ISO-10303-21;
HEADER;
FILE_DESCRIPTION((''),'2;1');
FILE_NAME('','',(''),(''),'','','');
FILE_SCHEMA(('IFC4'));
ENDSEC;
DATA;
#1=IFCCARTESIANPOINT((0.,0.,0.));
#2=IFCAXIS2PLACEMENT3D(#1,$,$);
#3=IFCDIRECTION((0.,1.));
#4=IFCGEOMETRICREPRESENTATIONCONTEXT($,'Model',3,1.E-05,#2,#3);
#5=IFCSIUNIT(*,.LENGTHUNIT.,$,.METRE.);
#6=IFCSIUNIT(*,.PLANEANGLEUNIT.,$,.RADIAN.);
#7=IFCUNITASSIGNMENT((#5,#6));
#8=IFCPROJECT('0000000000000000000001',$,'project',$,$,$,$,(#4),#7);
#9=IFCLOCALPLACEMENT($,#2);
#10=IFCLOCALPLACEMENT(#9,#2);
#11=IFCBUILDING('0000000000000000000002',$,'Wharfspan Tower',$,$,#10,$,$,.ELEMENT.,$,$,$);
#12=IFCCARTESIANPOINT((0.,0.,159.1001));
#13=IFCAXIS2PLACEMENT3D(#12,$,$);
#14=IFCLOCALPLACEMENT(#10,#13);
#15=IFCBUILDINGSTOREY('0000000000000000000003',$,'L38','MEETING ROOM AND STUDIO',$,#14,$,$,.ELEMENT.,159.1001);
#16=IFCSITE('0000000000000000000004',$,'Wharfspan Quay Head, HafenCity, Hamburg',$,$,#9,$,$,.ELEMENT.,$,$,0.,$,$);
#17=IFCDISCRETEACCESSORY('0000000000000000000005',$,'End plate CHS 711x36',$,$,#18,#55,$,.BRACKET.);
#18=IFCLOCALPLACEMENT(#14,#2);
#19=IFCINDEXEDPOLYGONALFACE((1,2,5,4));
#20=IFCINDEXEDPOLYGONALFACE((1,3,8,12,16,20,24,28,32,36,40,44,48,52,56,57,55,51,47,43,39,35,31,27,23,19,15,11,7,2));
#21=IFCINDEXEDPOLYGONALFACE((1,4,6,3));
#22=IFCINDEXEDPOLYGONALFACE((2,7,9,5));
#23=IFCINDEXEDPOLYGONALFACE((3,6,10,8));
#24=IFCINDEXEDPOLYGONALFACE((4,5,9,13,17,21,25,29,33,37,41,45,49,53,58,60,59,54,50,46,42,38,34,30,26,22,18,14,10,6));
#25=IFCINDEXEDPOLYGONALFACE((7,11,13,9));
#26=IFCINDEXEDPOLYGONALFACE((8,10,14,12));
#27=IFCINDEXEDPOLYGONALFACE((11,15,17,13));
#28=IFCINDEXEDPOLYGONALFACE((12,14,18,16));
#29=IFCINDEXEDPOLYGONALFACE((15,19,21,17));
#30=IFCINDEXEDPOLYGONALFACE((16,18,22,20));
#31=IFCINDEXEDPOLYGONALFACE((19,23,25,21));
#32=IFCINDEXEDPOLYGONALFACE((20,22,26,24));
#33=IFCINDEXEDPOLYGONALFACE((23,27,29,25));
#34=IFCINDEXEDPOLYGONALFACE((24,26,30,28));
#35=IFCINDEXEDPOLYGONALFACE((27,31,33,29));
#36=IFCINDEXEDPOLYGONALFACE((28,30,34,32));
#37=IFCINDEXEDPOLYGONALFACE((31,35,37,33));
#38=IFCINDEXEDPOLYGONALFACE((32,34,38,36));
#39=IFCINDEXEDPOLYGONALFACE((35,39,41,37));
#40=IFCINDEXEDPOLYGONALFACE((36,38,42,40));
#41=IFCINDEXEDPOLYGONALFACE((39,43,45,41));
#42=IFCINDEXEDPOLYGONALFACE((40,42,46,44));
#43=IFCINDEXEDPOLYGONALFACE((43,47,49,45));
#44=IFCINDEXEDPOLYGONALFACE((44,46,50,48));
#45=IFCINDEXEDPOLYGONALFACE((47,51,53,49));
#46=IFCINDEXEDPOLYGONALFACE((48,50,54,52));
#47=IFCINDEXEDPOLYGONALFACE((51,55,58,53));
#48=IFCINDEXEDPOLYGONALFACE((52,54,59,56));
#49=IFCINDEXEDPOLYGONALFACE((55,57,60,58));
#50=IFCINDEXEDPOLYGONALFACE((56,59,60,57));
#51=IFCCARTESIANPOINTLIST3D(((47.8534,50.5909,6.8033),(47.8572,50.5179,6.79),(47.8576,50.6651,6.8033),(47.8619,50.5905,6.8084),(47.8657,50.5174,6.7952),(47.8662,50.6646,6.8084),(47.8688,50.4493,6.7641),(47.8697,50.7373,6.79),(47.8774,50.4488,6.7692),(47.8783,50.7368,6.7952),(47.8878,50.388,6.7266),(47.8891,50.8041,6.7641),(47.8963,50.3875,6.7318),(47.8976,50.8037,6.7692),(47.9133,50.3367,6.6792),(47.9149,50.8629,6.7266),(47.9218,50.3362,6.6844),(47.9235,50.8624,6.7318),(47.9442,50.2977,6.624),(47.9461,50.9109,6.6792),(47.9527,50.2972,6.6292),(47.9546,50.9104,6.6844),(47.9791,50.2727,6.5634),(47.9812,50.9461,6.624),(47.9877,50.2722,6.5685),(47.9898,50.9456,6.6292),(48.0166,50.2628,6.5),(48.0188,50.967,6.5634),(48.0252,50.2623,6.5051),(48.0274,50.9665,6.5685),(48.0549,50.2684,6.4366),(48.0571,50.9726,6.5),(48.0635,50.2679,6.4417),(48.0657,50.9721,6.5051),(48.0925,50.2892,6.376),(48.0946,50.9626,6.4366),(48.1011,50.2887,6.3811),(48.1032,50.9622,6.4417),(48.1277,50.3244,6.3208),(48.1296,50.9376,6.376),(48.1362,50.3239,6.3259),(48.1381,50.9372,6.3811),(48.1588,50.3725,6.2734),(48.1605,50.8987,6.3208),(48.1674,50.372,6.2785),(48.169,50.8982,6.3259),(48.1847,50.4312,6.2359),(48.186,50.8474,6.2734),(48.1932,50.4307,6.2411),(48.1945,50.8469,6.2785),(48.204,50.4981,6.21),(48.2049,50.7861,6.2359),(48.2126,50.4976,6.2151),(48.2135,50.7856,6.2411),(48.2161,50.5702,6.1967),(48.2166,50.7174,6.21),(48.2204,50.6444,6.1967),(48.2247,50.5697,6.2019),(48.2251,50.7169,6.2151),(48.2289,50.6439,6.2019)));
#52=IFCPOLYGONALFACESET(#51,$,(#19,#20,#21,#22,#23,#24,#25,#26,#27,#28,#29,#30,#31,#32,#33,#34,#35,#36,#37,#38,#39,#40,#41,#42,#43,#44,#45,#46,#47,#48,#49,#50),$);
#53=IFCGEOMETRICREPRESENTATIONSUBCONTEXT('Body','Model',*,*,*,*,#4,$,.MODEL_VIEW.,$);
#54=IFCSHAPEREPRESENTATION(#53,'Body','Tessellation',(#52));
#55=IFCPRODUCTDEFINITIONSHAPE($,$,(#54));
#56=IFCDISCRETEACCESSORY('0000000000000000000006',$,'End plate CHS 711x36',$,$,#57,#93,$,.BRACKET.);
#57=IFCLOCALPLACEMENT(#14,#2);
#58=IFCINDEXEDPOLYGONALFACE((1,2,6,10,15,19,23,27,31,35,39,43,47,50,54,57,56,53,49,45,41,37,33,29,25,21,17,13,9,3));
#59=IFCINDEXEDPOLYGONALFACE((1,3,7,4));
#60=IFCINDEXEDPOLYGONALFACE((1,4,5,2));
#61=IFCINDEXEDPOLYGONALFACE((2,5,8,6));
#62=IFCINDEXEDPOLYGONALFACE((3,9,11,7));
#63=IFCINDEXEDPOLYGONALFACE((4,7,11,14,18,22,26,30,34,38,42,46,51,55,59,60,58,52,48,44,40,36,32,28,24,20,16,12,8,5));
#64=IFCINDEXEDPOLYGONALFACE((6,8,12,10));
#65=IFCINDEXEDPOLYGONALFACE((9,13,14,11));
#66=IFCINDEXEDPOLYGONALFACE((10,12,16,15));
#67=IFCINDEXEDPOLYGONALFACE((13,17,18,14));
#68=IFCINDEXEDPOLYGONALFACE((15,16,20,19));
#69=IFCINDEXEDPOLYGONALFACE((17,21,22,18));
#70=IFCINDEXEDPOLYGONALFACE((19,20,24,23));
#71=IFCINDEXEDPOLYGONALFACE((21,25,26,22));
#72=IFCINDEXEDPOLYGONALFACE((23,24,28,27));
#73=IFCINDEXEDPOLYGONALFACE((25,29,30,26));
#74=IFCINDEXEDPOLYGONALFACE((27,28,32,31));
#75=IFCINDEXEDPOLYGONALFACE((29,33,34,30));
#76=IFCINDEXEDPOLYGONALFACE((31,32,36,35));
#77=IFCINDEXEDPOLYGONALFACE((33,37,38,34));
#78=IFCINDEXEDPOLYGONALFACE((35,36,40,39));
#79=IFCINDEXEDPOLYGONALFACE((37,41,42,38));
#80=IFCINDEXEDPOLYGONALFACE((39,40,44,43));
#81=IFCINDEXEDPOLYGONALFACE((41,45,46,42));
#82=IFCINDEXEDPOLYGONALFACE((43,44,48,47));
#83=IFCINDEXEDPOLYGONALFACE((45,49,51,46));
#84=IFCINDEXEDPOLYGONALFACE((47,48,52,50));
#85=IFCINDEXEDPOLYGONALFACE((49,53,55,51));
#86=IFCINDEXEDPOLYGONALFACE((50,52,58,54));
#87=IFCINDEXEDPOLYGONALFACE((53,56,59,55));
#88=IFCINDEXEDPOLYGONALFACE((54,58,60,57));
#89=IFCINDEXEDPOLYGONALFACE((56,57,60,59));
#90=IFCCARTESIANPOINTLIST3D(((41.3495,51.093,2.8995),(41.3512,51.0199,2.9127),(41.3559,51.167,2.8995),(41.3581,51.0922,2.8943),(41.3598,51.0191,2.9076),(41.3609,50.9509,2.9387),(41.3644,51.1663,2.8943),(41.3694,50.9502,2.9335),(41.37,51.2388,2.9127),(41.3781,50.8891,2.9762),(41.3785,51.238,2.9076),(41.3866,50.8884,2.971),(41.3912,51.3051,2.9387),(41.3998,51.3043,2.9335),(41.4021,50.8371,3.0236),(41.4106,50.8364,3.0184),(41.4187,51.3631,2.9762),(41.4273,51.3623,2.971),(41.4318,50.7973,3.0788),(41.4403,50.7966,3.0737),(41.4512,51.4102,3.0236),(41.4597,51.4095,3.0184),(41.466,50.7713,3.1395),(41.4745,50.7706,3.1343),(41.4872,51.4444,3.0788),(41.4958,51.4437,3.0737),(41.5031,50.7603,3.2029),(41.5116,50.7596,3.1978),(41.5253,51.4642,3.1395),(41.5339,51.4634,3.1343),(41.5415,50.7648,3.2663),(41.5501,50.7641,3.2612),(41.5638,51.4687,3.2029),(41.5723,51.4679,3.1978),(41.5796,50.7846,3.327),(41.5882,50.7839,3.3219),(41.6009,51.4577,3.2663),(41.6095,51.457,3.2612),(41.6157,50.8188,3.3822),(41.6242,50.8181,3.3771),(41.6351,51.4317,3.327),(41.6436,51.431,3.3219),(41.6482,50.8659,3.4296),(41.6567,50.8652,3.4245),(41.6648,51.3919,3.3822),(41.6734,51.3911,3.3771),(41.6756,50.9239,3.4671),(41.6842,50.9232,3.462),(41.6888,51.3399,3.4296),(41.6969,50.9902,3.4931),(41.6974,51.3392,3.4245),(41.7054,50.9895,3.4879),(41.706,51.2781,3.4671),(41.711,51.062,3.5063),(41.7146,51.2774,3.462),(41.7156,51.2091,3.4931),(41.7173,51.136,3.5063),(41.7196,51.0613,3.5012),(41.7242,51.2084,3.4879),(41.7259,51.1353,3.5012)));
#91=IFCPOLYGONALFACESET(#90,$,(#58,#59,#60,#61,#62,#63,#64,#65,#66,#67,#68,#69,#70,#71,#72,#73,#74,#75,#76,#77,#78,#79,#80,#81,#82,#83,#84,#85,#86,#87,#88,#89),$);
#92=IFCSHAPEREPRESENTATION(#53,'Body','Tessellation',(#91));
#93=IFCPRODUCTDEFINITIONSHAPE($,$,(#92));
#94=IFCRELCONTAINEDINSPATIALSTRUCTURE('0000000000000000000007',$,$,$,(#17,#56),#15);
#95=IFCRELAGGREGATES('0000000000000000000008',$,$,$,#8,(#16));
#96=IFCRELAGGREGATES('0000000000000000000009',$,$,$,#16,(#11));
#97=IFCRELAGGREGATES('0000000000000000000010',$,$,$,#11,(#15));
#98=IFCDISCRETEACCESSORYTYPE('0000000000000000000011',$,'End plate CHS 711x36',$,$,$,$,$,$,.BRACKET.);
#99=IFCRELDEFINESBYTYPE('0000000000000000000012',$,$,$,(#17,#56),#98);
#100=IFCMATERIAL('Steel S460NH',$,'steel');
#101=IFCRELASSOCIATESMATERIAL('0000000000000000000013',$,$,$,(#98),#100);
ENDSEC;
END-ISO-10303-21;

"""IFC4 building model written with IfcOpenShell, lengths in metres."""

from ifc_helpers import new_model, si_unit, direction, frame, origin, origin_2d, place, context, subcontext, project, spatial, circle, extrude, material, material_profile, profile_set, type_object, element, save


model = new_model("IFC4")

# Units and contexts
model_context = context("Model", 3, precision=1e-05, world=origin(), true_north=direction((0.0, 1.0)))
body_context = subcontext(model_context, "Body", "Model", "MODEL_VIEW")
ifc_project = project(units=[si_unit("LENGTHUNIT", "METRE"), si_unit("PLANEANGLEUNIT", "RADIAN")], contexts=[model_context])

# Site, building, storey
site_placement = place(None, origin())
site = spatial("IfcSite", under=ifc_project, at=site_placement, Name="Wharfspan Quay Head, HafenCity, Hamburg", CompositionType="ELEMENT", RefElevation=0.0)
building_placement = place(site_placement, origin())
building = spatial("IfcBuilding", under=site, at=building_placement, Name="Wharfspan Tower", CompositionType="ELEMENT")
storey_placement = place(building_placement, frame((0.0, 0.0, 159.1001)))
storey = spatial("IfcBuildingStorey", under=building, at=storey_placement, Name="L38", Description="MEETING ROOM AND STUDIO", CompositionType="ELEMENT", Elevation=159.1001)

# Shared definitions
ifc_material_1 = material(Name="Steel S460NH", Category="steel")

# Discrete accessories
ifc_material_profile_1 = material_profile(ifc_material_1, circle(Radius=0.3555, at=origin_2d()))
ifc_profile_set_1 = profile_set([ifc_material_profile_1], Name="Steel S460NH")
discrete_accessory_type = type_object("IfcDiscreteAccessoryType", Name="End plate CHS 711x36", PredefinedType="BRACKET", material=ifc_profile_set_1)
for number, where, z_axis, x_axis, name in (
    (1, (48.0369, 50.6177, 6.5), (0.856465, -0.048941, 0.513879), (0.05705, 0.998372, 0.0), "End plate CHS 711x36"),
    (2, (41.542, 51.1138, 3.1978), (-0.855186, 0.073302, 0.513112), (-0.085402, -0.996345, -0.000001), "End plate CHS 711x36"),
):
    element("IfcDiscreteAccessory", number, at=place(storey_placement, frame(where, z_axis=z_axis, x_axis=x_axis)), inside=storey, type_object=discrete_accessory_type, Name=name, PredefinedType="BRACKET", context=body_context, shape_type="SweptSolid", body=[
        extrude(circle(Radius=0.3555, at=origin_2d()), origin(), (0.0, 0.0, 1.0), 0.01),
    ])

save(model, "model.ifc")
